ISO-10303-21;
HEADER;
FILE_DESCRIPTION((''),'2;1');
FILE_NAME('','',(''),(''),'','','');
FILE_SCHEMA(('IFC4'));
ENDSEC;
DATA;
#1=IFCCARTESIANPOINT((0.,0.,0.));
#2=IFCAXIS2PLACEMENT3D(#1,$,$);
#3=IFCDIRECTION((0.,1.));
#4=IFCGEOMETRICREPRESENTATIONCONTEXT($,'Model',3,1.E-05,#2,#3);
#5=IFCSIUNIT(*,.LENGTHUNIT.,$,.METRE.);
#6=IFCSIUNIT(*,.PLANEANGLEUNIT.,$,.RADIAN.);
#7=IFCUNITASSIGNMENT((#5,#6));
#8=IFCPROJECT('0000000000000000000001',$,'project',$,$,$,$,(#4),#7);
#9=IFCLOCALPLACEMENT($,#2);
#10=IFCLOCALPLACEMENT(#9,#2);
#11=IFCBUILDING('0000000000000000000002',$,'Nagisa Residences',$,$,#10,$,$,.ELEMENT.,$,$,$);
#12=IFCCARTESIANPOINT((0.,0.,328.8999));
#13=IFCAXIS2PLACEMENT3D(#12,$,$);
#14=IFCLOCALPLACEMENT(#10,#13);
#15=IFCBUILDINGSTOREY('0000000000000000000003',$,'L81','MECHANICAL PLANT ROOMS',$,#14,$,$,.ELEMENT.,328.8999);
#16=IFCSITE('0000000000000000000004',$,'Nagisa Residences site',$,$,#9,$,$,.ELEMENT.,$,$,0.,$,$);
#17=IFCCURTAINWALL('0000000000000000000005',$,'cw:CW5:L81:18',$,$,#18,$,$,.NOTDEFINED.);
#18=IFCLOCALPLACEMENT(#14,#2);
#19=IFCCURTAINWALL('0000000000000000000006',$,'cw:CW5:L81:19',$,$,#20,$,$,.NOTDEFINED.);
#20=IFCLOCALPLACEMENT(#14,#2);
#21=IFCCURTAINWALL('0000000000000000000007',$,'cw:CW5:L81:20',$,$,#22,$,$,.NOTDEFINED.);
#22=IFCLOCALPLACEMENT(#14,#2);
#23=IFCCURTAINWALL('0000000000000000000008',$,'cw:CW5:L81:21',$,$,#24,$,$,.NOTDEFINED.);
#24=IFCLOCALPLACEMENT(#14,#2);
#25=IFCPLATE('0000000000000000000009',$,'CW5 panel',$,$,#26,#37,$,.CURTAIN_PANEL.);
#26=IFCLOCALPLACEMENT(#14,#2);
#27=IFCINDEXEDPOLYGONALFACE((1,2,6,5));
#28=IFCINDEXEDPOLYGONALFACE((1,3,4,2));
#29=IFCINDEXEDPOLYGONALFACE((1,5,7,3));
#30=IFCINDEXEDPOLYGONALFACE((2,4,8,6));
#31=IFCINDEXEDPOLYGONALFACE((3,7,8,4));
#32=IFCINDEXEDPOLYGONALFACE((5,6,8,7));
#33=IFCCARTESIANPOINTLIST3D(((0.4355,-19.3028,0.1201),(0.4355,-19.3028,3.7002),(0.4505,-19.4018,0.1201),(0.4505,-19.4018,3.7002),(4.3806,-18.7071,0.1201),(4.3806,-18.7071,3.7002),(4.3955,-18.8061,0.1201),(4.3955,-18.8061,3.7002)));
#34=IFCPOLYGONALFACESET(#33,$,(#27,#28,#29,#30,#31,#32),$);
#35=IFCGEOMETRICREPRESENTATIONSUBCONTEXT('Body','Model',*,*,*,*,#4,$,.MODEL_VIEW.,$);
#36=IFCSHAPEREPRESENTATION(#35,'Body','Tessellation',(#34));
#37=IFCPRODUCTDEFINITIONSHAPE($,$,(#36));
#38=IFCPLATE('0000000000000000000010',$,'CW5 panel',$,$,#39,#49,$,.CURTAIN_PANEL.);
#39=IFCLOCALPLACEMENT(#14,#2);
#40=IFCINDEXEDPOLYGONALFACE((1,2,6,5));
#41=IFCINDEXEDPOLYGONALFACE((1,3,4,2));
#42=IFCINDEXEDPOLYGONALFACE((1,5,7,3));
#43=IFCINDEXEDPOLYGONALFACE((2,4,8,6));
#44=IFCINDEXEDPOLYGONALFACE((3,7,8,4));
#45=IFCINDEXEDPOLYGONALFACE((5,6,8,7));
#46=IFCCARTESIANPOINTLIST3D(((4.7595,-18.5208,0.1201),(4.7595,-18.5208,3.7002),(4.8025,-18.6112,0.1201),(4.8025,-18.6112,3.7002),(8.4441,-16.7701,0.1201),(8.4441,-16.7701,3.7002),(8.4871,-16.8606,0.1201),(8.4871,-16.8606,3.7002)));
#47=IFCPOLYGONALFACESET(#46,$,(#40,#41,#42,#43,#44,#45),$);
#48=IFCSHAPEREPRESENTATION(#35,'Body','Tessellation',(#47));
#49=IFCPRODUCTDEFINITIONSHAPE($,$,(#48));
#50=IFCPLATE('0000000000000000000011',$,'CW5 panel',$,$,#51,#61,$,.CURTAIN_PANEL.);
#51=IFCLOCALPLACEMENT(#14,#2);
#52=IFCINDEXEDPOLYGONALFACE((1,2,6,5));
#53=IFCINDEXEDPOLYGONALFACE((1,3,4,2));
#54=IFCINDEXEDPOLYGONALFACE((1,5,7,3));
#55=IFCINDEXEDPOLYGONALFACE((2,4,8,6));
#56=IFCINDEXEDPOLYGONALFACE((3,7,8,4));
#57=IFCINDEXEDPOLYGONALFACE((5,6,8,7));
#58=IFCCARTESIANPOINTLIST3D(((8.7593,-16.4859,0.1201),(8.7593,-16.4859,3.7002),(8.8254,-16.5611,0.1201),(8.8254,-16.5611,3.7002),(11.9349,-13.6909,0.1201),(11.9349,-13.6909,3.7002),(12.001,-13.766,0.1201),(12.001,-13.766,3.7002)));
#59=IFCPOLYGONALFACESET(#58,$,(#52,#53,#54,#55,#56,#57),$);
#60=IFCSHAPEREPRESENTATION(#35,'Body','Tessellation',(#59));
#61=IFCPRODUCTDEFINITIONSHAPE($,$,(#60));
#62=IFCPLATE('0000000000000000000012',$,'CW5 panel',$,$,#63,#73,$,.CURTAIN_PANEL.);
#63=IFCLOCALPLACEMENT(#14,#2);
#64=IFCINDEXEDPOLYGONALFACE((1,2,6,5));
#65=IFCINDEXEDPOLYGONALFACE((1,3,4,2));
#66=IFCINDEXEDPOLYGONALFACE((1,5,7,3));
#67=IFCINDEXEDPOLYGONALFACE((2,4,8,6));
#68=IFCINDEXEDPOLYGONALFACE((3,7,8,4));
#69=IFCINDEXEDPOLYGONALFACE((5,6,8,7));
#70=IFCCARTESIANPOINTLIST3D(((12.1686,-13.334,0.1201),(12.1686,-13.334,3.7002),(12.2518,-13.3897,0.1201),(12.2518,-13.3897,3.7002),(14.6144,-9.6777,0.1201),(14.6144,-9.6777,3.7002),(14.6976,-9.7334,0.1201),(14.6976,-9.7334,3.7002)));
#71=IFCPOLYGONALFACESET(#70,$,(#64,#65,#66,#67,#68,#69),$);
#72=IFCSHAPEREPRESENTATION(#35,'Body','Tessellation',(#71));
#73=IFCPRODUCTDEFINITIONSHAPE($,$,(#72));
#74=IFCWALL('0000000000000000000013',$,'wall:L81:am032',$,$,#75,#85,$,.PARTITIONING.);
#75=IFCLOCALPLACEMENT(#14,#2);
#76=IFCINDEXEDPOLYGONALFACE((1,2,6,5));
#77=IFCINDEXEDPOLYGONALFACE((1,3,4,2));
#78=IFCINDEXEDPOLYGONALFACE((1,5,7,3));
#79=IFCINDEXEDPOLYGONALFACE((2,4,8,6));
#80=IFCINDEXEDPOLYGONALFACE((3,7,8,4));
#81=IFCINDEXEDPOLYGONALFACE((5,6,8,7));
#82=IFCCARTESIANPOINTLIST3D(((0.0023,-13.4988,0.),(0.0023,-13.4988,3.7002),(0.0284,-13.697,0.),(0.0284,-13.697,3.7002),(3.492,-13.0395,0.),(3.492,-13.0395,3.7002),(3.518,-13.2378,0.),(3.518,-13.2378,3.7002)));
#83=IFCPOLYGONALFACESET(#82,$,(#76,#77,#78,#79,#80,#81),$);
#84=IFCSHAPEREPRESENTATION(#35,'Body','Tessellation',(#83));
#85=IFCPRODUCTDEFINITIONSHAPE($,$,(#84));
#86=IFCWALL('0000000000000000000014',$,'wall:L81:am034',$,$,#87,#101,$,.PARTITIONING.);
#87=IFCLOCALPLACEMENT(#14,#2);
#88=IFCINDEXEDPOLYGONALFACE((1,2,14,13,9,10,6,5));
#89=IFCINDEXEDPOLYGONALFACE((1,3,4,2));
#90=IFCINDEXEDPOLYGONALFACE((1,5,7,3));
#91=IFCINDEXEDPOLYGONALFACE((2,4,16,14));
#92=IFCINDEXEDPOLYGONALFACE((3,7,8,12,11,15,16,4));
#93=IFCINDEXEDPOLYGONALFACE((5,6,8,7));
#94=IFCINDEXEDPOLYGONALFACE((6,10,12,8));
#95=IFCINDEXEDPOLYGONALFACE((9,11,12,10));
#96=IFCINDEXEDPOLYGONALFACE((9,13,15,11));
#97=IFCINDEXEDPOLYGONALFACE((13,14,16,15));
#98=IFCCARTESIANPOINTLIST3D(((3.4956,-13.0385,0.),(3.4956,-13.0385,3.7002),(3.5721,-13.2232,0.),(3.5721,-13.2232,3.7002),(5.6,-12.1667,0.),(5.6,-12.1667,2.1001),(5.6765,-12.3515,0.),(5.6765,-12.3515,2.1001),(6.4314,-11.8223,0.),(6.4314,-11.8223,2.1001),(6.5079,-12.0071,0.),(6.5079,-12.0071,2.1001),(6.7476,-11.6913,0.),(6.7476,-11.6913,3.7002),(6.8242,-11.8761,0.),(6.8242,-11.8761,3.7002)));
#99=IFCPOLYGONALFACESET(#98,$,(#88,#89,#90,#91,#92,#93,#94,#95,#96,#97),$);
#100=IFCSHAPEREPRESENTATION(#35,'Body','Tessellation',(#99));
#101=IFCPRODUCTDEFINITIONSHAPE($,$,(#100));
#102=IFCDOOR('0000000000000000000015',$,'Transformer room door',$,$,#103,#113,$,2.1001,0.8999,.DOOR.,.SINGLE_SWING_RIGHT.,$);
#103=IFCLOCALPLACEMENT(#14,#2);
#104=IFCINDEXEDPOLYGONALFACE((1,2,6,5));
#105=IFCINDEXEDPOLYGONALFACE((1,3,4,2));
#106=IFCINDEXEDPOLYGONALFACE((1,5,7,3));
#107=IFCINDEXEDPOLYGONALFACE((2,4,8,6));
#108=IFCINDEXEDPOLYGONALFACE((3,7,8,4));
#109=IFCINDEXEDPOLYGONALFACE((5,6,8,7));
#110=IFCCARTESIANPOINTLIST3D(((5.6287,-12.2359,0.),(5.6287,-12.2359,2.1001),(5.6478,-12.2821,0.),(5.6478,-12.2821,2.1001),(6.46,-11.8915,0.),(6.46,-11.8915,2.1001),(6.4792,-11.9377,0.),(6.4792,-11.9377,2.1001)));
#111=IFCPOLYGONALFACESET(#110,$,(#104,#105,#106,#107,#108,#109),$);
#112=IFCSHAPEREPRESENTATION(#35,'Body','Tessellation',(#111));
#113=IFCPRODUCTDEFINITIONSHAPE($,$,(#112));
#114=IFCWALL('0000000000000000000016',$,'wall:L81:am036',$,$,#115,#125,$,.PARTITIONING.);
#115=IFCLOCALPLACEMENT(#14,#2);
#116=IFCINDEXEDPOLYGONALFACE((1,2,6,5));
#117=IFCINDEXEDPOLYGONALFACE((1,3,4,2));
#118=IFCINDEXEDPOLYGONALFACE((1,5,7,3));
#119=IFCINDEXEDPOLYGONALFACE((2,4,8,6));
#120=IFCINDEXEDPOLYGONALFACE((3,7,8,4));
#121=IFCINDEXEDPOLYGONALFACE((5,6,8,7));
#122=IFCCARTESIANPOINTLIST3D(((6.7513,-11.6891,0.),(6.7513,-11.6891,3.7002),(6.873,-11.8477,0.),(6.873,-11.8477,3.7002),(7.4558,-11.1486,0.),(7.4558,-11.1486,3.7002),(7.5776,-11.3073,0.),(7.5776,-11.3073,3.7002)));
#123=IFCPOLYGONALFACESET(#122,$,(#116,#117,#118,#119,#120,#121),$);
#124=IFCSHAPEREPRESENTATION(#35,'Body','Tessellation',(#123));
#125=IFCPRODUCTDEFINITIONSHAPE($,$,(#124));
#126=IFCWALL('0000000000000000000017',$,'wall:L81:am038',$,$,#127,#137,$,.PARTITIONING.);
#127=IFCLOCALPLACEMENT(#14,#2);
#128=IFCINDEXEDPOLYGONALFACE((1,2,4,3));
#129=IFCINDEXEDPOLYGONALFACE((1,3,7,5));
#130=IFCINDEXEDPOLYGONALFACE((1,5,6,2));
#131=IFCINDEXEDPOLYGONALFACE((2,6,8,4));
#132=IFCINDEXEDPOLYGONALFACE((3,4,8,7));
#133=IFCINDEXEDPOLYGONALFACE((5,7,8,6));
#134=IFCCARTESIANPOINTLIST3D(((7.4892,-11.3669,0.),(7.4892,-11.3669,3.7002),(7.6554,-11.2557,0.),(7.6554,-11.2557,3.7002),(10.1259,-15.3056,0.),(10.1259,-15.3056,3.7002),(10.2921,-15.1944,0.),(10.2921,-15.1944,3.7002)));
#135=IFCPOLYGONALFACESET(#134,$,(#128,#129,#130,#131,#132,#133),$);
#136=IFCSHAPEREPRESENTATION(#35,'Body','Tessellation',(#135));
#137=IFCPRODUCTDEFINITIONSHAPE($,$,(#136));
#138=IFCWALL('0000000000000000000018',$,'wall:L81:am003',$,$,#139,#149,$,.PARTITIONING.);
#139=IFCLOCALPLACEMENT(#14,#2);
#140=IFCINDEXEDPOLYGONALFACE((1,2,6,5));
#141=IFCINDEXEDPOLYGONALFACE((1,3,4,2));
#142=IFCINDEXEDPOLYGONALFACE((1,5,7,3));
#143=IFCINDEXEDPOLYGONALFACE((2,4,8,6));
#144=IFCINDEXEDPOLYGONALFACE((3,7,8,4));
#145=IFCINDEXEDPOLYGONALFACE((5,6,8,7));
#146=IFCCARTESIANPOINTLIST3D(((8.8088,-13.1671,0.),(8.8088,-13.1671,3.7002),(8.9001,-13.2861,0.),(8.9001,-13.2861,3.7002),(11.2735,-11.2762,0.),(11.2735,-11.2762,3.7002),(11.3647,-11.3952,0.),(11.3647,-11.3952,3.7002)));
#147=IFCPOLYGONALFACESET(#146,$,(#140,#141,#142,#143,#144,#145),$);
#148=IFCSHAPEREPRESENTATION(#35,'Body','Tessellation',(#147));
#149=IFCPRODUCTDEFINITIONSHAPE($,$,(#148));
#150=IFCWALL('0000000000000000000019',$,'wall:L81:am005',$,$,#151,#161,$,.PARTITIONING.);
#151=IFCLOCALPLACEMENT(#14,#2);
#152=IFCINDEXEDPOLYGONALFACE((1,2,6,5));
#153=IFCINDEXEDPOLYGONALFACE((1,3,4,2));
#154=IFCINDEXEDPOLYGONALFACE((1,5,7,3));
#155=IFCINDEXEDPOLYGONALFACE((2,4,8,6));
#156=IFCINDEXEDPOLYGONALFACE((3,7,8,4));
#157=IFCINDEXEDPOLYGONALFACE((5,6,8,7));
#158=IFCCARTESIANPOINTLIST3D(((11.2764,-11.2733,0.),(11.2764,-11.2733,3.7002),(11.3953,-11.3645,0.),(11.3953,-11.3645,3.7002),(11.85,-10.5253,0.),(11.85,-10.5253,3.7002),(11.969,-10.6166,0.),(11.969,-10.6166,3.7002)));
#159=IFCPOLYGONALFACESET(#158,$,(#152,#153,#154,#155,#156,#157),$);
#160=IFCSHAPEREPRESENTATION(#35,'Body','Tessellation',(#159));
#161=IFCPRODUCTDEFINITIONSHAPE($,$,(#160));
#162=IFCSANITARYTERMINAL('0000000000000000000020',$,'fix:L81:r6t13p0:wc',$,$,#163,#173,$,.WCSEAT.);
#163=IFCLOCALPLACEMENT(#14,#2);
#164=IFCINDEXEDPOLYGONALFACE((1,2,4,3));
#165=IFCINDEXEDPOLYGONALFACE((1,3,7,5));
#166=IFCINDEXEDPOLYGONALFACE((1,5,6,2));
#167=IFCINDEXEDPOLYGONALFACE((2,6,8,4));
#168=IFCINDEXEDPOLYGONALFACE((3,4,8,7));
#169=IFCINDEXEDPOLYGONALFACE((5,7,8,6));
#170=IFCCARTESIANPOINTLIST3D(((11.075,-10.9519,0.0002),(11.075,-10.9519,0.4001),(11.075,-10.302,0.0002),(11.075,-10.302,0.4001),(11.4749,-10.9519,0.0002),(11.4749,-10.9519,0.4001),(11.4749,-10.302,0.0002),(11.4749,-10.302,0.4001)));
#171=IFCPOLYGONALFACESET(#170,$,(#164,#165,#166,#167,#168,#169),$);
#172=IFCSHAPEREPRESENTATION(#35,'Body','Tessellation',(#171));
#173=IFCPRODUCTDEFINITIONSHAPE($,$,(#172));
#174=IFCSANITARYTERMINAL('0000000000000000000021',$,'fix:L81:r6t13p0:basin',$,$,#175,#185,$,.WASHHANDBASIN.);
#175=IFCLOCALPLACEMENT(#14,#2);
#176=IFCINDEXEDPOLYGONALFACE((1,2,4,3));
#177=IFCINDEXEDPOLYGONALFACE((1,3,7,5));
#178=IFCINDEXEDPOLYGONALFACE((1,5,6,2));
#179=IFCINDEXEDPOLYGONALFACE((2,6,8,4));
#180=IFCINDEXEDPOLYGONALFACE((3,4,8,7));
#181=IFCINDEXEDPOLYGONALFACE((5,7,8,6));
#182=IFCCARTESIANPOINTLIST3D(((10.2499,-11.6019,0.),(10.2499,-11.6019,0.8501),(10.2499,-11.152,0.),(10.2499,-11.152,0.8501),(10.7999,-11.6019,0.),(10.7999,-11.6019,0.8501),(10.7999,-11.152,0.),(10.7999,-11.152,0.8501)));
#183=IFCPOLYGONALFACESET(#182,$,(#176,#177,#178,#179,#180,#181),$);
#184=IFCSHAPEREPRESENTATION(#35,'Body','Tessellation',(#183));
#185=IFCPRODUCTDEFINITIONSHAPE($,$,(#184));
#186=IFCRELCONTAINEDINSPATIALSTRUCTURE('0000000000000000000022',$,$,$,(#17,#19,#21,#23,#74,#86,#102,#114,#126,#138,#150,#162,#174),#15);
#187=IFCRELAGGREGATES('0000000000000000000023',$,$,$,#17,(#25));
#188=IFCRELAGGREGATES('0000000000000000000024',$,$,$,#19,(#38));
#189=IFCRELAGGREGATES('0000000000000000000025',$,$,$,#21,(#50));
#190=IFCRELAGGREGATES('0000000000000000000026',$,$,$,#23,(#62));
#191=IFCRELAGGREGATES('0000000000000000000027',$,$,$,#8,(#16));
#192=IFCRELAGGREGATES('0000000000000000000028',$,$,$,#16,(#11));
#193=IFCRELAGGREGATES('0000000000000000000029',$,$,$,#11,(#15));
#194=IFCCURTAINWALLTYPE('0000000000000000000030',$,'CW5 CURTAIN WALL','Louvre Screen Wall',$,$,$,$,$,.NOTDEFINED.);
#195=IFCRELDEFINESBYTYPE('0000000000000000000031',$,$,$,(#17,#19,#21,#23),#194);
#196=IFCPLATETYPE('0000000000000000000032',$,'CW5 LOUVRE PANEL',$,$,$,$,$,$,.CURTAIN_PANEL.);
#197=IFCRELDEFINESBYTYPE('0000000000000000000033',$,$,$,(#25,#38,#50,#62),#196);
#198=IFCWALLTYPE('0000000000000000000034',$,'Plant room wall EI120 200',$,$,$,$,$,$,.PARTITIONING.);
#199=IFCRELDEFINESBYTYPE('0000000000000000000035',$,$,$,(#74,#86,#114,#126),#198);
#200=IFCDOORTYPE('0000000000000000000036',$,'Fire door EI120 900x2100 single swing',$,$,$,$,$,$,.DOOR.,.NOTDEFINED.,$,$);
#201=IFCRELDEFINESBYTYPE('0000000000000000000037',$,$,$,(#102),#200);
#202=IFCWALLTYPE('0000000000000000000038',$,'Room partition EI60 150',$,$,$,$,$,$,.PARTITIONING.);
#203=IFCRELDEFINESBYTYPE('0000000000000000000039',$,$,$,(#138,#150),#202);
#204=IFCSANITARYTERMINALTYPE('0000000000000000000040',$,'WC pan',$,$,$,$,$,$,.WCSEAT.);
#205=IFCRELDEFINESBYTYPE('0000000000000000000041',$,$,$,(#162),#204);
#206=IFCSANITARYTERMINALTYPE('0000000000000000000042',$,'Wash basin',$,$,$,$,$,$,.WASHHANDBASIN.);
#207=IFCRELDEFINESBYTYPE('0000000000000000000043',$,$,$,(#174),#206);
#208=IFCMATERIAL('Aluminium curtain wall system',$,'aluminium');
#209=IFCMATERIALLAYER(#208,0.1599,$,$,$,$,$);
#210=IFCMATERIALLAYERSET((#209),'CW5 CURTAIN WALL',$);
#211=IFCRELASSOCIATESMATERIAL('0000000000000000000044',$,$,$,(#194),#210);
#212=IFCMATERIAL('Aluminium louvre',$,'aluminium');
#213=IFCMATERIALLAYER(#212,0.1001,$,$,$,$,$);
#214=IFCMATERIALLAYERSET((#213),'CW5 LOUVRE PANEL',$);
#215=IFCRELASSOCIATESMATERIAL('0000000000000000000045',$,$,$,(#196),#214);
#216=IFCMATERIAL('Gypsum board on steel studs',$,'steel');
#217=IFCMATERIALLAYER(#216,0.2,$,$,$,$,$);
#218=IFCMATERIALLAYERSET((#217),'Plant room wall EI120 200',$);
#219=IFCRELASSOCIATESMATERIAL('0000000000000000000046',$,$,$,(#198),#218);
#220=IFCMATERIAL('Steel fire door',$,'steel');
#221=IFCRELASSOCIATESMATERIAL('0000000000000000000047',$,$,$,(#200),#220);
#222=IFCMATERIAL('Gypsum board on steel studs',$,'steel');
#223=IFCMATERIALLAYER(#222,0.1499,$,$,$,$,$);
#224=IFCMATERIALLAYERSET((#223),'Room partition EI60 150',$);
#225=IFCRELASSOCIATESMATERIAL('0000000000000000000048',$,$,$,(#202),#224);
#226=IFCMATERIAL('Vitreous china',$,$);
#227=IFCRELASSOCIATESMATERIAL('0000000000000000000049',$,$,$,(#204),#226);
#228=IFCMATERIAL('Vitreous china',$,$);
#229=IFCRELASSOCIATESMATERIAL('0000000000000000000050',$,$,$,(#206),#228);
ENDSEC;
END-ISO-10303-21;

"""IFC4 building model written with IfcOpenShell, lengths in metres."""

from ifc_helpers import new_model, si_unit, direction, frame, frame_2d, origin, origin_2d, place, context, subcontext, project, spatial, rectangle, extrude, material, layer, layer_set, type_object, element, fill, aggregate, save


model = new_model("IFC4")

# Units and contexts
model_context = context("Model", 3, precision=1e-05, world=origin(), true_north=direction((0.0, 1.0)))
body_context = subcontext(model_context, "Body", "Model", "MODEL_VIEW")
ifc_project = project(units=[si_unit("LENGTHUNIT", "METRE"), si_unit("PLANEANGLEUNIT", "RADIAN")], contexts=[model_context])

# Site, building, storey
site_placement = place(None, origin())
site = spatial("IfcSite", under=ifc_project, at=site_placement, Name="Nagisa Residences site", CompositionType="ELEMENT", RefElevation=0.0)
building_placement = place(site_placement, origin())
building = spatial("IfcBuilding", under=site, at=building_placement, Name="Nagisa Residences", CompositionType="ELEMENT")
storey_placement = place(building_placement, frame((0.0, 0.0, 328.8999)))
storey = spatial("IfcBuildingStorey", under=building, at=storey_placement, Name="L81", Description="MECHANICAL PLANT ROOMS", CompositionType="ELEMENT", Elevation=328.8999)

# Curtain walls
ifc_material_1 = material(Name="Aluminium curtain wall system", Category="aluminium")
ifc_layer_1 = layer(ifc_material_1, 0.1599)
ifc_layer_set_1 = layer_set([ifc_layer_1], Name="CW5 CURTAIN WALL")
curtain_wall_type = type_object("IfcCurtainWallType", Name="CW5 CURTAIN WALL", Description="Louvre Screen Wall", PredefinedType="NOTDEFINED", material=ifc_layer_set_1)
curtain_wall_1_placement = place(storey_placement, origin())
curtain_wall_1 = element("IfcCurtainWall", 1, at=curtain_wall_1_placement, inside=storey, type_object=curtain_wall_type, Name="cw:CW5:L81:18", PredefinedType="NOTDEFINED")
curtain_wall_2_placement = place(storey_placement, origin())
curtain_wall_2 = element("IfcCurtainWall", 2, at=curtain_wall_2_placement, inside=storey, type_object=curtain_wall_type, Name="cw:CW5:L81:19", PredefinedType="NOTDEFINED")
curtain_wall_3_placement = place(storey_placement, origin())
curtain_wall_3 = element("IfcCurtainWall", 3, at=curtain_wall_3_placement, inside=storey, type_object=curtain_wall_type, Name="cw:CW5:L81:20", PredefinedType="NOTDEFINED")
curtain_wall_4_placement = place(storey_placement, origin())
curtain_wall_4 = element("IfcCurtainWall", 4, at=curtain_wall_4_placement, inside=storey, type_object=curtain_wall_type, Name="cw:CW5:L81:21", PredefinedType="NOTDEFINED")

# Plates
ifc_material_2 = material(Name="Aluminium louvre", Category="aluminium")
ifc_layer_2 = layer(ifc_material_2, 0.1001)
ifc_layer_set_2 = layer_set([ifc_layer_2], Name="CW5 LOUVRE PANEL")
plate_type = type_object("IfcPlateType", Name="CW5 LOUVRE PANEL", PredefinedType="CURTAIN_PANEL", material=ifc_layer_set_2)
plate_1_placement = place(storey_placement, frame((2.4155, -19.0544, 0.1201), z_axis=(0.0, 0.0, 1.0), x_axis=(0.988789, 0.14932, 0.0)))
plate_1 = element("IfcPlate", 5, at=plate_1_placement, type_object=plate_type, Name="CW5 panel", PredefinedType="CURTAIN_PANEL", context=body_context, shape_type="SweptSolid", body=[
    extrude(rectangle(XDim=3.9897, YDim=0.1001, at=origin_2d()), origin(), (0.0, 0.0, 1.0), 3.5801),
])
aggregate(curtain_wall_1, [plate_1])
plate_2_placement = place(storey_placement, frame((6.6233, -17.6907, 0.1201), z_axis=(0.0, 0.0, 1.0), x_axis=(0.903233, 0.429151, 0.0)))
plate_2 = element("IfcPlate", 6, at=plate_2_placement, type_object=plate_type, Name="CW5 panel", PredefinedType="CURTAIN_PANEL", context=body_context, shape_type="SweptSolid", body=[
    extrude(rectangle(XDim=4.0793, YDim=0.1001, at=origin_2d()), origin(), (0.0, 0.0, 1.0), 3.5801),
])
aggregate(curtain_wall_2, [plate_2])
plate_3_placement = place(storey_placement, frame((10.3801, -15.126, 0.1201), z_axis=(0.0, 0.0, 1.0), x_axis=(0.750651, 0.660699, 0.0)))
plate_3 = element("IfcPlate", 7, at=plate_3_placement, type_object=plate_type, Name="CW5 panel", PredefinedType="CURTAIN_PANEL", context=body_context, shape_type="SweptSolid", body=[
    extrude(rectangle(XDim=4.2305, YDim=0.1001, at=origin_2d()), origin(), (0.0, 0.0, 1.0), 3.5801),
])
aggregate(curtain_wall_3, [plate_3])
plate_4_placement = place(storey_placement, frame((13.4331, -11.5337, 0.1201), z_axis=(0.0, 0.0, 1.0), x_axis=(0.556014, 0.831173, 0.0)))
plate_4 = element("IfcPlate", 8, at=plate_4_placement, type_object=plate_type, Name="CW5 panel", PredefinedType="CURTAIN_PANEL", context=body_context, shape_type="SweptSolid", body=[
    extrude(rectangle(XDim=4.3989, YDim=0.1001, at=origin_2d()), origin(), (0.0, 0.0, 1.0), 3.5801),
])
aggregate(curtain_wall_4, [plate_4])

# Wall
ifc_material_3 = material(Name="Gypsum board on steel studs", Category="steel")
ifc_layer_3 = layer(ifc_material_3, 0.2)
ifc_layer_set_3 = layer_set([ifc_layer_3], Name="Plant room wall EI120 200")
wall_type_1 = type_object("IfcWallType", Name="Plant room wall EI120 200", PredefinedType="PARTITIONING", material=ifc_layer_set_3)
wall_1_placement = place(storey_placement, frame((3.5049, -13.1387, 0.0), z_axis=(0.0, 0.0, 1.0), x_axis=(-0.991452, -0.130469, 0.0)))
element("IfcWall", 9, at=wall_1_placement, inside=storey, type_object=wall_type_1, Name="wall:L81:am032", PredefinedType="PARTITIONING", context=body_context, shape_type="SweptSolid", body=[
    extrude(rectangle(XDim=3.5198, YDim=0.2, at=frame_2d((1.7598, 0.0))), origin(), (0.0, 0.0, 1.0), 3.7002),
])

# Wall, opening, door
wall_2_placement = place(storey_placement, frame((6.7859, -11.7837, 0.0), z_axis=(0.0, 0.0, 1.0), x_axis=(-0.923863, -0.382723, 0.0)))
wall_2 = element("IfcWall", 10, at=wall_2_placement, inside=storey, type_object=wall_type_1, Name="wall:L81:am034", PredefinedType="PARTITIONING", context=body_context, shape_type="SweptSolid", body=[
    extrude(rectangle(XDim=3.52, YDim=0.2, at=frame_2d((1.76, 0.0))), origin(), (0.0, 0.0, 1.0), 3.7002),
])
opening_placement = place(wall_2_placement, frame((0.3423, 0.0, 0.0)))
opening = element("IfcOpeningElement", 11, at=opening_placement, cuts=wall_2, PredefinedType="OPENING", context=body_context, shape_type="SweptSolid", body=[
    extrude(rectangle(XDim=0.8999, YDim=2.1001, at=frame_2d((0.45, 1.05))), frame((0.0, 0.1099, 0.0), z_axis=(0.0, -1.0, 0.0), x_axis=(1.0, 0.0, 0.0)), (0.0, 0.0, 1.0), 0.22),
])
ifc_material_4 = material(Name="Steel fire door", Category="steel")
door_type = type_object("IfcDoorType", Name="Fire door EI120 900x2100 single swing", OperationType="NOTDEFINED", PredefinedType="DOOR", material=ifc_material_4)
door_placement = place(opening_placement, origin())
door = element("IfcDoor", 12, at=door_placement, inside=storey, type_object=door_type, Name="Transformer room door", OperationType="SINGLE_SWING_RIGHT", OverallHeight=2.1001, OverallWidth=0.8999, PredefinedType="DOOR", context=body_context, shape_type="SweptSolid", body=[
    extrude(rectangle(XDim=0.8999, YDim=2.1001, at=frame_2d((0.45, 1.05))), frame((0.0, 0.0249, 0.0), z_axis=(0.0, -1.0, 0.0), x_axis=(1.0, 0.0, 0.0)), (0.0, 0.0, 1.0), 0.05),
])
fill(opening, door)

# Walls
wall_3_placement = place(storey_placement, frame((7.5166, -11.228, 0.0), z_axis=(0.0, 0.0, 1.0), x_axis=(-0.79342, -0.608674, 0.0)))
element("IfcWall", 13, at=wall_3_placement, inside=storey, type_object=wall_type_1, Name="wall:L81:am036", PredefinedType="PARTITIONING", context=body_context, shape_type="SweptSolid", body=[
    extrude(rectangle(XDim=0.8879, YDim=0.2, at=frame_2d((0.4438, 0.0))), origin(), (0.0, 0.0, 1.0), 3.7002),
])
wall_4_placement = place(storey_placement, frame((10.209, -15.25, 0.0), z_axis=(0.0, 0.0, 1.0), x_axis=(-0.556292, 0.830987, 0.0)))
element("IfcWall", 14, at=wall_4_placement, inside=storey, type_object=wall_type_1, Name="wall:L81:am038", PredefinedType="PARTITIONING", context=body_context, shape_type="SweptSolid", body=[
    extrude(rectangle(XDim=4.7397, YDim=0.2, at=frame_2d((2.3699, 0.0))), origin(), (0.0, 0.0, 1.0), 3.7002),
])
ifc_material_5 = material(Name="Gypsum board on steel studs", Category="steel")
ifc_layer_4 = layer(ifc_material_5, 0.1499)
ifc_layer_set_4 = layer_set([ifc_layer_4], Name="Room partition EI60 150")
wall_type_2 = type_object("IfcWallType", Name="Room partition EI60 150", PredefinedType="PARTITIONING", material=ifc_layer_set_4)
wall_5_placement = place(storey_placement, frame((11.3191, -11.3357, 0.0), z_axis=(0.0, 0.0, 1.0), x_axis=(-0.793398, -0.608704, 0.0)))
element("IfcWall", 15, at=wall_5_placement, inside=storey, type_object=wall_type_2, Name="wall:L81:am003", PredefinedType="PARTITIONING", context=body_context, shape_type="SweptSolid", body=[
    extrude(rectangle(XDim=3.1064, YDim=0.1499, at=frame_2d((1.5532, 0.0))), origin(), (0.0, 0.0, 1.0), 3.7002),
])
wall_6_placement = place(storey_placement, frame((11.9094, -10.571, 0.0), z_axis=(0.0, 0.0, 1.0), x_axis=(-0.608584, -0.79349, 0.0)))
element("IfcWall", 16, at=wall_6_placement, inside=storey, type_object=wall_type_2, Name="wall:L81:am005", PredefinedType="PARTITIONING", context=body_context, shape_type="SweptSolid", body=[
    extrude(rectangle(XDim=0.9426, YDim=0.1499, at=frame_2d((0.4712, 0.0))), origin(), (0.0, 0.0, 1.0), 3.7002),
])

# Sanitary terminals
ifc_material_6 = material(Name="Vitreous china")
sanitary_terminal_type_1 = type_object("IfcSanitaryTerminalType", Name="WC pan", PredefinedType="WCSEAT", material=ifc_material_6)
sanitary_terminal_1_placement = place(storey_placement, frame((11.2749, -10.627, 0.0002), z_axis=(0.0, 0.0, 1.0), x_axis=(1.0, 0.0, 0.0)))
element("IfcSanitaryTerminal", 17, at=sanitary_terminal_1_placement, inside=storey, type_object=sanitary_terminal_type_1, Name="fix:L81:r6t13p0:wc", PredefinedType="WCSEAT", context=body_context, shape_type="SweptSolid", body=[
    extrude(rectangle(XDim=0.3999, YDim=0.6499, at=origin_2d()), origin(), (0.0, 0.0, 1.0), 0.3999),
])
ifc_material_7 = material(Name="Vitreous china")
sanitary_terminal_type_2 = type_object("IfcSanitaryTerminalType", Name="Wash basin", PredefinedType="WASHHANDBASIN", material=ifc_material_7)
sanitary_terminal_2_placement = place(storey_placement, frame((10.5249, -11.377, 0.0), z_axis=(0.0, 0.0, 1.0), x_axis=(1.0, 0.0, 0.0)))
element("IfcSanitaryTerminal", 18, at=sanitary_terminal_2_placement, inside=storey, type_object=sanitary_terminal_type_2, Name="fix:L81:r6t13p0:basin", PredefinedType="WASHHANDBASIN", context=body_context, shape_type="SweptSolid", body=[
    extrude(rectangle(XDim=0.55, YDim=0.45, at=origin_2d()), origin(), (0.0, 0.0, 1.0), 0.8501),
])

save(model, "model.ifc")
